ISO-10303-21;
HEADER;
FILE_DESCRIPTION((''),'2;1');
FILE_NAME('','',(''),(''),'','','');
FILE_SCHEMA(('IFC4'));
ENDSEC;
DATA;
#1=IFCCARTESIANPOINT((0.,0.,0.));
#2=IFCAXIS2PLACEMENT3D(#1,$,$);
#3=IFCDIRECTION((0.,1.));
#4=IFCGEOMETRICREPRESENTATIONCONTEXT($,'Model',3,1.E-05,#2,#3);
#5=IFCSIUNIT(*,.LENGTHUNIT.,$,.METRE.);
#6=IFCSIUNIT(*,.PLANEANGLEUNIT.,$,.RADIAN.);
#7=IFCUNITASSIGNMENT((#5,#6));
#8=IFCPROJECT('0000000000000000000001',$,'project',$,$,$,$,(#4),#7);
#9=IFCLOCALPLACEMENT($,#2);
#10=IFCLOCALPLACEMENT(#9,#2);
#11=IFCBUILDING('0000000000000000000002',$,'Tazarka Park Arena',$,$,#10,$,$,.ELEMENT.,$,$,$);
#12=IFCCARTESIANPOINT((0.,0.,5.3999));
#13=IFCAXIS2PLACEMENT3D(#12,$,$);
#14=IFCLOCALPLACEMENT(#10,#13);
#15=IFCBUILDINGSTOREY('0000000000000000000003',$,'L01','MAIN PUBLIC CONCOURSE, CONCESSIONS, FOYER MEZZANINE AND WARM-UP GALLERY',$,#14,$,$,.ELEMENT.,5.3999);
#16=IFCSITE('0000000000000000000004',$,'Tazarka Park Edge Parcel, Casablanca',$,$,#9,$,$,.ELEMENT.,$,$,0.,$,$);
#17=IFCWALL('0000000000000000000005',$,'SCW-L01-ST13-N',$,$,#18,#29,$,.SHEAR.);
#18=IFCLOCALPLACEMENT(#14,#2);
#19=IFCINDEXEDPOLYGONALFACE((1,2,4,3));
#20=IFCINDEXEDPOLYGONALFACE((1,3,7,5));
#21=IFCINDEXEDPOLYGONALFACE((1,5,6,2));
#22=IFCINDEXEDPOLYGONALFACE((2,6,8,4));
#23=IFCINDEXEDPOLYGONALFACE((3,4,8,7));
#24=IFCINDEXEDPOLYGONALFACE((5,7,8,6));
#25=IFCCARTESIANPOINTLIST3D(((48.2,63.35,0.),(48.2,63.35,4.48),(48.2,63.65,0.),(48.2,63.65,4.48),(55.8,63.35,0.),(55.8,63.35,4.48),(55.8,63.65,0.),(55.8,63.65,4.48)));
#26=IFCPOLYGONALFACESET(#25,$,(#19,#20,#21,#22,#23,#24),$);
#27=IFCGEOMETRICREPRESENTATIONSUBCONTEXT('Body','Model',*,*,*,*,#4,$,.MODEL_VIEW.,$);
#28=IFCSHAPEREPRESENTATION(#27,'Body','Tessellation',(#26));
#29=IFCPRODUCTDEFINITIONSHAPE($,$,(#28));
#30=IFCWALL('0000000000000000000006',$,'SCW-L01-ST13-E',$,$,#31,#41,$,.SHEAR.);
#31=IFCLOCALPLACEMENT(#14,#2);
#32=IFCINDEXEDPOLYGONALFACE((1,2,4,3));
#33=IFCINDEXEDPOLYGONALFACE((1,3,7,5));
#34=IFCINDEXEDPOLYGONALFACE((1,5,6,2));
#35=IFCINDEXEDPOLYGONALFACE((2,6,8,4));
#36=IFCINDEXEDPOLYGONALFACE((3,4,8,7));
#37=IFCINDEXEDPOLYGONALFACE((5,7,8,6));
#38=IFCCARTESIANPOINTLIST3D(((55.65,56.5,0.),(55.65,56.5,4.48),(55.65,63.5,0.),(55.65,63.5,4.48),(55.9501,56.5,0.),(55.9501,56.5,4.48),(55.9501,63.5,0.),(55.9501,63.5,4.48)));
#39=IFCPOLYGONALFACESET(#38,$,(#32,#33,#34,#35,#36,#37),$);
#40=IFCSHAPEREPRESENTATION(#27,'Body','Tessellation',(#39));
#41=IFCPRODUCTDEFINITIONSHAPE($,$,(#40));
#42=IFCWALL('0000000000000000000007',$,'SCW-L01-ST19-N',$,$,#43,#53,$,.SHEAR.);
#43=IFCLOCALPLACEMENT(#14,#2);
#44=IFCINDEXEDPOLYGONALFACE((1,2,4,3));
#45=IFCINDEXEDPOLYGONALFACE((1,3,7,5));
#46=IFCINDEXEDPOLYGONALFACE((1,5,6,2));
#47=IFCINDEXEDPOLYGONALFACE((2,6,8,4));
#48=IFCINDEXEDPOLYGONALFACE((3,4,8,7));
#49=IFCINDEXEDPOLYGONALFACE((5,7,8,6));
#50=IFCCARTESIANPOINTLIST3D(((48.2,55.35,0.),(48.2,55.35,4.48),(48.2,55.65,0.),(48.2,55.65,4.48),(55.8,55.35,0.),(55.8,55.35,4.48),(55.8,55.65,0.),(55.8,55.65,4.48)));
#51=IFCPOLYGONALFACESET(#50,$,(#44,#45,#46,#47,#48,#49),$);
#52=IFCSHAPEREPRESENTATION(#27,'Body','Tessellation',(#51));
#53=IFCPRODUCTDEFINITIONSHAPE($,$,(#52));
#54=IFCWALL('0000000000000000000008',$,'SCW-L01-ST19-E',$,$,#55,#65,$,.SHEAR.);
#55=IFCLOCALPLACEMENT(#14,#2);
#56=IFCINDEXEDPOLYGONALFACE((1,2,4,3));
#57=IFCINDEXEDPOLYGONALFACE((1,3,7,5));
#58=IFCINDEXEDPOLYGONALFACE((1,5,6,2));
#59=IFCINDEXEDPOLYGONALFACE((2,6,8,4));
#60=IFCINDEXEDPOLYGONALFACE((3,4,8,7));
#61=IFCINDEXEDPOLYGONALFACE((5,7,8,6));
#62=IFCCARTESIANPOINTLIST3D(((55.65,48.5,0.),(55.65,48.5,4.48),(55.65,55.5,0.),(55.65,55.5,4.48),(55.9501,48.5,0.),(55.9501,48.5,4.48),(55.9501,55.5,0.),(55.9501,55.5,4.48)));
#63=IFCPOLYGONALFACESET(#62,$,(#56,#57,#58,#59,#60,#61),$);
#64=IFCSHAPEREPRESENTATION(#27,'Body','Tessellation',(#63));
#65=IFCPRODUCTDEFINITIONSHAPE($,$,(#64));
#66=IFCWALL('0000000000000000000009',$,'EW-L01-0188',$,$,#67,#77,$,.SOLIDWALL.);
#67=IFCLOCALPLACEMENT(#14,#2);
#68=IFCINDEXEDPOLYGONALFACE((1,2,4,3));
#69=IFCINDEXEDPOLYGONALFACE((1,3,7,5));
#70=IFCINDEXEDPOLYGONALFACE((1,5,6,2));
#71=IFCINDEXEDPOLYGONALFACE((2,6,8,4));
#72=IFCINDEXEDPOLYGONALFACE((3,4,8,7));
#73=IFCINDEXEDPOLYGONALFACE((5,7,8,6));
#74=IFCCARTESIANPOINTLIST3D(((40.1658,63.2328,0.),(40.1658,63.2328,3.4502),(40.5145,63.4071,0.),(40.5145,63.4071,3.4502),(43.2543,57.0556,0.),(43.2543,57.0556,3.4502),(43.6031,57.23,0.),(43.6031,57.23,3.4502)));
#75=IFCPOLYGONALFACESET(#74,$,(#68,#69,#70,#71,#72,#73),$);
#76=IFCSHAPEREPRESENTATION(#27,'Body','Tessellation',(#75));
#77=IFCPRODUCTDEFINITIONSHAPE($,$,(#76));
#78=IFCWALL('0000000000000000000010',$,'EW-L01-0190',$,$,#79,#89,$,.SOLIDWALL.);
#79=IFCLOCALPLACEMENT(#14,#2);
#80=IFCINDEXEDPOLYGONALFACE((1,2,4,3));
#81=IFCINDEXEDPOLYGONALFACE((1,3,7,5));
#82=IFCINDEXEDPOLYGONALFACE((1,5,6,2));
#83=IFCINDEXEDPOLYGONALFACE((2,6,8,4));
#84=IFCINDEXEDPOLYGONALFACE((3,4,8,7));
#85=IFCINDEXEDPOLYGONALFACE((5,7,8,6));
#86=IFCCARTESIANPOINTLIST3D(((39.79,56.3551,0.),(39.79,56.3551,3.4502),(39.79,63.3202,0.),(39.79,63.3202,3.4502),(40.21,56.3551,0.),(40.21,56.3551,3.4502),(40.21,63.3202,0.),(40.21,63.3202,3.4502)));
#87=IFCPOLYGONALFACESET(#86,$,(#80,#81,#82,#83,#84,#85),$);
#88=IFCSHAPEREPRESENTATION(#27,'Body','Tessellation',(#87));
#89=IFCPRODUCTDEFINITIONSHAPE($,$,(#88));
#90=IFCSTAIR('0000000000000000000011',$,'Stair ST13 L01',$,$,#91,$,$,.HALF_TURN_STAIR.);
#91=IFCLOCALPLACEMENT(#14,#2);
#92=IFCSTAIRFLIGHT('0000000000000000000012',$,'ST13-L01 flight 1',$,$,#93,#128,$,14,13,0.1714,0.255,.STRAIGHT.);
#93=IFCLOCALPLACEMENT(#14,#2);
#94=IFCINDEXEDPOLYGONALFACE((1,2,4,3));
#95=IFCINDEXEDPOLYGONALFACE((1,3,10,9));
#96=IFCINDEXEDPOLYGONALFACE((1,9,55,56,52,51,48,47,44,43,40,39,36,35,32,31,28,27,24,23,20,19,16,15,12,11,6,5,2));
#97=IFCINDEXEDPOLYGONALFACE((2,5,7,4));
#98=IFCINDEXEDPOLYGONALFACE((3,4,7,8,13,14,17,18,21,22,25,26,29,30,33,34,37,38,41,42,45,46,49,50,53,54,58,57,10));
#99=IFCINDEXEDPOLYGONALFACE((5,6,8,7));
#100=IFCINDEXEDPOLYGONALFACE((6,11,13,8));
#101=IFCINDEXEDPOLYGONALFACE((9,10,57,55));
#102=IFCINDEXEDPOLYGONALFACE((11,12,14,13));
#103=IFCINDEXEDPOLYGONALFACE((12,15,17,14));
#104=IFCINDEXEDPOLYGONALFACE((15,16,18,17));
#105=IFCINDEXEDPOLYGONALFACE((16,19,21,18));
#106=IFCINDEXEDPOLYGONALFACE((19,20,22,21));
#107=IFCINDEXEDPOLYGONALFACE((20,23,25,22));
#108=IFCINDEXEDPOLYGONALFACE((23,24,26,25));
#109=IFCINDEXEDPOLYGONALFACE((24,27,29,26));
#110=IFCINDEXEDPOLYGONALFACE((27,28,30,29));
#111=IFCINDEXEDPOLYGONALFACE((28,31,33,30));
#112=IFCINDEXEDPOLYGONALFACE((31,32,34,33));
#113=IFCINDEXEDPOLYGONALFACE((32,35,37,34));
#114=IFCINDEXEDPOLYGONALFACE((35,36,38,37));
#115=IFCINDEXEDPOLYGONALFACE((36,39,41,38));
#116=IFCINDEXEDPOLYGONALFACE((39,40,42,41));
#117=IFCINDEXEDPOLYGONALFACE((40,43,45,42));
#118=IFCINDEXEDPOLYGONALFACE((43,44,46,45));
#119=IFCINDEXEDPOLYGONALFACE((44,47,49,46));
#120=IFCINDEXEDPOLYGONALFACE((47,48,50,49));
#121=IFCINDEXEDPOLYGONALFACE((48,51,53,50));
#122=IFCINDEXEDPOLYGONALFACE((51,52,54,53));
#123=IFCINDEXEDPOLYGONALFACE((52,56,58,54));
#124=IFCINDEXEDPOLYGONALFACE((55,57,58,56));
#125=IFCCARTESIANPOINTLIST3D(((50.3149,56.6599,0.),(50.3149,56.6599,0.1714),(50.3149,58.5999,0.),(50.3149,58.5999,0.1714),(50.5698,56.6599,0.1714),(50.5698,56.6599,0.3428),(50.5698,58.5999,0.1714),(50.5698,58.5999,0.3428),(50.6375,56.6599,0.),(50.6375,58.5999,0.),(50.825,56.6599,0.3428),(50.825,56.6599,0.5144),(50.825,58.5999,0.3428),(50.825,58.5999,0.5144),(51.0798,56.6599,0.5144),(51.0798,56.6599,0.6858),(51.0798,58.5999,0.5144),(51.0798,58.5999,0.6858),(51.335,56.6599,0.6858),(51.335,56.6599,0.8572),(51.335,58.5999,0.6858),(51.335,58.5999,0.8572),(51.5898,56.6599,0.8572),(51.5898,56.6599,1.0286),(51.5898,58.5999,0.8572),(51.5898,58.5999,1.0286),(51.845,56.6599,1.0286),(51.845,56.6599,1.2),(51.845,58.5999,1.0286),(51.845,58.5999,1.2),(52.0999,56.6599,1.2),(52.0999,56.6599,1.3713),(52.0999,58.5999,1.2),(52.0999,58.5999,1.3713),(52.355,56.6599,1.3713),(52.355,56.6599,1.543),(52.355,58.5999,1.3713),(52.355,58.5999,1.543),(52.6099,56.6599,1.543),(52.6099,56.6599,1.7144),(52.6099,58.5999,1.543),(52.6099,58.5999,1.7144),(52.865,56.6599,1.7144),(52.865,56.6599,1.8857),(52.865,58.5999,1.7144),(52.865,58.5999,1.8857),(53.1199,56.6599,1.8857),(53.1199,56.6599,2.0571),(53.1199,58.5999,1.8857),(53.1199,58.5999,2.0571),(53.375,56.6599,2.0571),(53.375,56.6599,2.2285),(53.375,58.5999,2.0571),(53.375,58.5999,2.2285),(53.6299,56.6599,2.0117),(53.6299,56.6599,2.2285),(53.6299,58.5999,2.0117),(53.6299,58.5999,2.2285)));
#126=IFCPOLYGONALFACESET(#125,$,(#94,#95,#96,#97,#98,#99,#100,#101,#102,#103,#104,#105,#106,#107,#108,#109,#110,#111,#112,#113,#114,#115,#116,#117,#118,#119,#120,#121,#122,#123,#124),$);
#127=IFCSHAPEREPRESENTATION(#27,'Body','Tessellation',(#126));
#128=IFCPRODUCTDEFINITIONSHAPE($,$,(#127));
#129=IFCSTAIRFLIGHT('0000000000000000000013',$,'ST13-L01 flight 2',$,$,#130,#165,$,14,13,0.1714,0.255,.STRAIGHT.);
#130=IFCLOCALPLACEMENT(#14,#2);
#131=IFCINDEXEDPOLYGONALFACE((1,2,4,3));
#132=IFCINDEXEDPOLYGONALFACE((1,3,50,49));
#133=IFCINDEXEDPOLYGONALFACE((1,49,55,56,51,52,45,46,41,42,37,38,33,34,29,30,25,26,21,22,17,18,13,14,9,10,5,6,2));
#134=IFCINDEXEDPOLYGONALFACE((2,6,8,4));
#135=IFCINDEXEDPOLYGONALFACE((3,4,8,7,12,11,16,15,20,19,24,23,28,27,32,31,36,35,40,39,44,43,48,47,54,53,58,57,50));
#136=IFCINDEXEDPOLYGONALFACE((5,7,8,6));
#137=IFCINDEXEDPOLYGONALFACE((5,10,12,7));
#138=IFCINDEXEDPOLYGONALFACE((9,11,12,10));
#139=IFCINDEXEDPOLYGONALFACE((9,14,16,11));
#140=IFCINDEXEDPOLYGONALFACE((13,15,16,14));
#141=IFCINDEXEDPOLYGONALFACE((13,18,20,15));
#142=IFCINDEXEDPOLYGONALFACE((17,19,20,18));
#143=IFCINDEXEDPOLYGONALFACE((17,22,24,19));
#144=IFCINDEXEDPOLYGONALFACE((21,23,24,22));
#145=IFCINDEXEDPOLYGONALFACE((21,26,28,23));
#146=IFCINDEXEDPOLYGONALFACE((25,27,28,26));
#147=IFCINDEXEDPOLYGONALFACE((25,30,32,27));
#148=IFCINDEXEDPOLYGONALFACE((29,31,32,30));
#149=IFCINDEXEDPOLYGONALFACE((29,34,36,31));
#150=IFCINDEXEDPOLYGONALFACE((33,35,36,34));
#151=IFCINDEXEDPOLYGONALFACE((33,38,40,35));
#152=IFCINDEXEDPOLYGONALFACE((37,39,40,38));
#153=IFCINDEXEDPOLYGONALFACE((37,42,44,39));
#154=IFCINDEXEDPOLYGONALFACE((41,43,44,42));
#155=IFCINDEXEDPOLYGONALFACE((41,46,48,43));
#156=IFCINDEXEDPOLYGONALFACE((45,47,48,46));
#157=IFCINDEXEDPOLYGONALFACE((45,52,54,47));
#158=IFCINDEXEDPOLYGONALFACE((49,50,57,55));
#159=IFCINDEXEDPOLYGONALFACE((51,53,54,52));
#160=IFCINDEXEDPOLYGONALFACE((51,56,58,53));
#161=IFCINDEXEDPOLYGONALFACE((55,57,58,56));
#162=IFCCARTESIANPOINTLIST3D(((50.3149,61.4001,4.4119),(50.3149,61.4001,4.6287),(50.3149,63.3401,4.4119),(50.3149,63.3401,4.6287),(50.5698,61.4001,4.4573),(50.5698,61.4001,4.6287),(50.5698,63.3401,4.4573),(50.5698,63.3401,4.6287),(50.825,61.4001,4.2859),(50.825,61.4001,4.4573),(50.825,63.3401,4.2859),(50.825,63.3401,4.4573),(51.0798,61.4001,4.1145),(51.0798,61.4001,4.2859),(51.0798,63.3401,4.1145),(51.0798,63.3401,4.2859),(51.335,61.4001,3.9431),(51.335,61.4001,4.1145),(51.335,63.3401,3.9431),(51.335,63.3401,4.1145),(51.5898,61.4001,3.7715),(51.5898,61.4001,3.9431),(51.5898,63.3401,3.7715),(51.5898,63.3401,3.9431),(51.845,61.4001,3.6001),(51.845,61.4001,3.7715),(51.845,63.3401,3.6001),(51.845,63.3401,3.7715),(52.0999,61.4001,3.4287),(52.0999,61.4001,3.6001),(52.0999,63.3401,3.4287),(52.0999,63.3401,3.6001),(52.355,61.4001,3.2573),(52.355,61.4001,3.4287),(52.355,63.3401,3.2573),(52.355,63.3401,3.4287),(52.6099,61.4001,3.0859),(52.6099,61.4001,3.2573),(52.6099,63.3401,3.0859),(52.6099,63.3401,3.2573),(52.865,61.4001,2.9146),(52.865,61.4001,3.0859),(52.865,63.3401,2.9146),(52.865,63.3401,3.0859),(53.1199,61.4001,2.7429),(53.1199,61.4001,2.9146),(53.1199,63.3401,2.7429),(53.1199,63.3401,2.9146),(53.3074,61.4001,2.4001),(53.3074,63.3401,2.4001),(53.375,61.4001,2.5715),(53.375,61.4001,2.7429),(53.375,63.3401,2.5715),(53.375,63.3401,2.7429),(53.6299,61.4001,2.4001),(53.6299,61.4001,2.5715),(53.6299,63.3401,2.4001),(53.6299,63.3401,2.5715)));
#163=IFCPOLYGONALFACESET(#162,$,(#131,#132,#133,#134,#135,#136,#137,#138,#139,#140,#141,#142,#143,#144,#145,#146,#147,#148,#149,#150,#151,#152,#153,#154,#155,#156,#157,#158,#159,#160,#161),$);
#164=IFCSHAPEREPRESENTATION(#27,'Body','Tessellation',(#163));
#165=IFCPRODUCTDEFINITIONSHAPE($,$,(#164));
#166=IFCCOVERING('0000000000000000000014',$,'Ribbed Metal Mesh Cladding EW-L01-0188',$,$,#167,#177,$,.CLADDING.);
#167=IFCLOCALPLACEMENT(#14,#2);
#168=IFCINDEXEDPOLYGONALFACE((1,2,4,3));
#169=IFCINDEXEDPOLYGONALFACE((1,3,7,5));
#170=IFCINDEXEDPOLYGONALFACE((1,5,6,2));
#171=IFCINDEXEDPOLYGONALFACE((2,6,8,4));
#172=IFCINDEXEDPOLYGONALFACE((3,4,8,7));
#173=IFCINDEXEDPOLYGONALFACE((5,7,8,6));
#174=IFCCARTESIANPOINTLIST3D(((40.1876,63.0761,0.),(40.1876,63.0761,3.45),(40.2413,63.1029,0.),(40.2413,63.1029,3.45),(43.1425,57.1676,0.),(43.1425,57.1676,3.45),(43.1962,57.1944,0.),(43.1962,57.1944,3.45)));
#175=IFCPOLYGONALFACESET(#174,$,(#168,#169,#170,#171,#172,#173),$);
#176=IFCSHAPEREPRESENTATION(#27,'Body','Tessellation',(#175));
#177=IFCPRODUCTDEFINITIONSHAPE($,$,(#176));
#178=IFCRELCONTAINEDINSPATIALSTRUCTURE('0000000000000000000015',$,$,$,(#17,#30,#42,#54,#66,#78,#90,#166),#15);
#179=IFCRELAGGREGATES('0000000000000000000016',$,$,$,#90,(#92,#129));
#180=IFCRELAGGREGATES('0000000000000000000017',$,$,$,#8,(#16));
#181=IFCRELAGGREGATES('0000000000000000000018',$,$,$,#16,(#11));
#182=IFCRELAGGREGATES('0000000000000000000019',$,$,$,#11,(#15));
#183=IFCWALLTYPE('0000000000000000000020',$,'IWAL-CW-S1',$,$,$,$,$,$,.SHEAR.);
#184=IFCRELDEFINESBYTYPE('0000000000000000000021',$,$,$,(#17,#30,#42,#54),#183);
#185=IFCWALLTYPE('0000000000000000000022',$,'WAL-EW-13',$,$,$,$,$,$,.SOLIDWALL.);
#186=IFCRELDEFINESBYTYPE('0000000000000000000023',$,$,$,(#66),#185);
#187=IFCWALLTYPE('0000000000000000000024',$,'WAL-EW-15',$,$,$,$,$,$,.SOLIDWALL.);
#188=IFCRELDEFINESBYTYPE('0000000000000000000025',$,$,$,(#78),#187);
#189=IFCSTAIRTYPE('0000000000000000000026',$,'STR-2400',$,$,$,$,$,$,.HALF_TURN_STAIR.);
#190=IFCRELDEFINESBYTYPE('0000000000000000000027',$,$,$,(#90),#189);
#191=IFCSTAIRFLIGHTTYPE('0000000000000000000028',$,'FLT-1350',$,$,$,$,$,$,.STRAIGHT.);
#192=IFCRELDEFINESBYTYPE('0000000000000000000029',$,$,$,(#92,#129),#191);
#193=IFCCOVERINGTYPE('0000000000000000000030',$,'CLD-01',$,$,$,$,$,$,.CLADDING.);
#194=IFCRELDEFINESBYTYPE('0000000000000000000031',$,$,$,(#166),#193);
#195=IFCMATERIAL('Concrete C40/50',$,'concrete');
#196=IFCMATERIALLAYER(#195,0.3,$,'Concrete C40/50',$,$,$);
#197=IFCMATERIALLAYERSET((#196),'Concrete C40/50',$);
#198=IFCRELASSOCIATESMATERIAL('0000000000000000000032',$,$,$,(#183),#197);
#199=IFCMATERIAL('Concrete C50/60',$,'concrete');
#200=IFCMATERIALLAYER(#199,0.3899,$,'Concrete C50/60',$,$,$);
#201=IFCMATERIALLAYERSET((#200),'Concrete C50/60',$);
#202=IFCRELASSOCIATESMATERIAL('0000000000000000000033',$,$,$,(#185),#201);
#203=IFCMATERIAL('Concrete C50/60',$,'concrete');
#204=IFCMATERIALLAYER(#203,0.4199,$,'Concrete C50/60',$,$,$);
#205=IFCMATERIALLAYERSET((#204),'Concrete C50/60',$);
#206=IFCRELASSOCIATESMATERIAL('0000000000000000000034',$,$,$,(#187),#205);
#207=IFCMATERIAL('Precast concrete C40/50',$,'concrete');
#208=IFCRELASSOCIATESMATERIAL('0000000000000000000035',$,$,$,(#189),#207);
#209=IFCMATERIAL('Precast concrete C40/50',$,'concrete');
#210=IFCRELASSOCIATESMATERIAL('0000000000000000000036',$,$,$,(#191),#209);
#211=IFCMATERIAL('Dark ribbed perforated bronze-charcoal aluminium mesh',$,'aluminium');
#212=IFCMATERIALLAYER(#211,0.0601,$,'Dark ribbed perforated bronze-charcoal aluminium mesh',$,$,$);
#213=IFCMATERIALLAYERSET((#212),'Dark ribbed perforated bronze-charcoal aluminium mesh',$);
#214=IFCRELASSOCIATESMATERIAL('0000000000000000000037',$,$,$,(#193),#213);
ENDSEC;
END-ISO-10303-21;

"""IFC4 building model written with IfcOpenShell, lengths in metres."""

from ifc_helpers import new_model, si_unit, direction, frame, frame_2d, origin, origin_2d, place, context, subcontext, project, spatial, polyline, rectangle, outline, extrude, material, layer, layer_set, type_object, element, aggregate, save


model = new_model("IFC4")

# Units and contexts
model_context = context("Model", 3, precision=1e-05, world=origin(), true_north=direction((0.0, 1.0)))
body_context = subcontext(model_context, "Body", "Model", "MODEL_VIEW")
ifc_project = project(units=[si_unit("LENGTHUNIT", "METRE"), si_unit("PLANEANGLEUNIT", "RADIAN")], contexts=[model_context])

# Site, building, storey
site_placement = place(None, origin())
site = spatial("IfcSite", under=ifc_project, at=site_placement, Name="Tazarka Park Edge Parcel, Casablanca", CompositionType="ELEMENT", RefElevation=0.0)
building_placement = place(site_placement, origin())
building = spatial("IfcBuilding", under=site, at=building_placement, Name="Tazarka Park Arena", CompositionType="ELEMENT")
storey_placement = place(building_placement, frame((0.0, 0.0, 5.3999)))
storey = spatial("IfcBuildingStorey", under=building, at=storey_placement, Name="L01", Description="MAIN PUBLIC CONCOURSE, CONCESSIONS, FOYER MEZZANINE AND WARM-UP GALLERY", CompositionType="ELEMENT", Elevation=5.3999)

# Shared definitions
ifc_material_1 = material(Name="Concrete C40/50", Category="concrete")
ifc_layer_1 = layer(ifc_material_1, 0.3, Name="Concrete C40/50")
ifc_layer_set_1 = layer_set([ifc_layer_1], Name="Concrete C40/50")
wall_type_1 = type_object("IfcWallType", Name="IWAL-CW-S1", PredefinedType="SHEAR", material=ifc_layer_set_1)

# Walls
wall_1_placement = place(storey_placement, frame((48.2, 63.5, 0.0), z_axis=(0.0, 0.0, 1.0), x_axis=(1.0, 0.0, 0.0)))
element("IfcWall", 1, at=wall_1_placement, inside=storey, type_object=wall_type_1, Name="SCW-L01-ST13-N", PredefinedType="SHEAR", context=body_context, shape_type="SweptSolid", body=[
    extrude(rectangle(XDim=7.6001, YDim=0.3, at=frame_2d((3.8, 0.0))), origin(), (0.0, 0.0, 1.0), 4.48),
])
wall_2_placement = place(storey_placement, frame((55.8, 63.5, 0.0), z_axis=(0.0, 0.0, 1.0), x_axis=(0.0, -1.0, 0.0)))
element("IfcWall", 2, at=wall_2_placement, inside=storey, type_object=wall_type_1, Name="SCW-L01-ST13-E", PredefinedType="SHEAR", context=body_context, shape_type="SweptSolid", body=[
    extrude(rectangle(XDim=7.0, YDim=0.3, at=frame_2d((3.5, 0.0))), origin(), (0.0, 0.0, 1.0), 4.48),
])
wall_3_placement = place(storey_placement, frame((48.2, 55.5, 0.0), z_axis=(0.0, 0.0, 1.0), x_axis=(1.0, 0.0, 0.0)))
element("IfcWall", 3, at=wall_3_placement, inside=storey, type_object=wall_type_1, Name="SCW-L01-ST19-N", PredefinedType="SHEAR", context=body_context, shape_type="SweptSolid", body=[
    extrude(rectangle(XDim=7.6001, YDim=0.3, at=frame_2d((3.8, 0.0))), origin(), (0.0, 0.0, 1.0), 4.48),
])
wall_4_placement = place(storey_placement, frame((55.8, 55.5, 0.0), z_axis=(0.0, 0.0, 1.0), x_axis=(0.0, -1.0, 0.0)))
element("IfcWall", 4, at=wall_4_placement, inside=storey, type_object=wall_type_1, Name="SCW-L01-ST19-E", PredefinedType="SHEAR", context=body_context, shape_type="SweptSolid", body=[
    extrude(rectangle(XDim=7.0, YDim=0.3, at=frame_2d((3.5, 0.0))), origin(), (0.0, 0.0, 1.0), 4.48),
])
ifc_material_2 = material(Name="Concrete C50/60", Category="concrete")
ifc_layer_2 = layer(ifc_material_2, 0.3899, Name="Concrete C50/60")
ifc_layer_set_2 = layer_set([ifc_layer_2], Name="Concrete C50/60")
wall_type_2 = type_object("IfcWallType", Name="WAL-EW-13", PredefinedType="SOLIDWALL", material=ifc_layer_set_2)
wall_5_placement = place(storey_placement, frame((43.4287, 57.1428, 0.0), z_axis=(0.0, 0.0, 1.0), x_axis=(-0.447214, 0.894427, 0.0)))
element("IfcWall", 5, at=wall_5_placement, inside=storey, type_object=wall_type_2, Name="EW-L01-0188", PredefinedType="SOLIDWALL", context=body_context, shape_type="SweptSolid", body=[
    extrude(rectangle(XDim=6.9062, YDim=0.3899, at=frame_2d((3.4531, 0.0))), origin(), (0.0, 0.0, 1.0), 3.4502),
])
ifc_material_3 = material(Name="Concrete C50/60", Category="concrete")
ifc_layer_3 = layer(ifc_material_3, 0.4199, Name="Concrete C50/60")
ifc_layer_set_3 = layer_set([ifc_layer_3], Name="Concrete C50/60")
wall_type_3 = type_object("IfcWallType", Name="WAL-EW-15", PredefinedType="SOLIDWALL", material=ifc_layer_set_3)
wall_6_placement = place(storey_placement, frame((40.0, 63.3201, 0.0), z_axis=(0.0, 0.0, 1.0), x_axis=(0.0, -1.0, 0.0)))
element("IfcWall", 6, at=wall_6_placement, inside=storey, type_object=wall_type_3, Name="EW-L01-0190", PredefinedType="SOLIDWALL", context=body_context, shape_type="SweptSolid", body=[
    extrude(rectangle(XDim=6.9651, YDim=0.4199, at=frame_2d((3.4824, 0.0))), origin(), (0.0, 0.0, 1.0), 3.4502),
])

# Stair, stair flights
ifc_material_4 = material(Name="Precast concrete C40/50", Category="concrete")
stair_type = type_object("IfcStairType", Name="STR-2400", PredefinedType="HALF_TURN_STAIR", material=ifc_material_4)
stair_placement = place(storey_placement, origin())
stair = element("IfcStair", 7, at=stair_placement, inside=storey, type_object=stair_type, Name="Stair ST13 L01", PredefinedType="HALF_TURN_STAIR")
ifc_material_5 = material(Name="Precast concrete C40/50", Category="concrete")
stair_flight_type = type_object("IfcStairFlightType", Name="FLT-1350", PredefinedType="STRAIGHT", material=ifc_material_5)
stair_flight_1_placement = place(storey_placement, frame((50.3149, 57.6299, 0.0), z_axis=(0.0, 0.0, 1.0), x_axis=(1.0, 0.0, 0.0)))
stair_flight_1 = element("IfcStairFlight", 8, at=stair_flight_1_placement, type_object=stair_flight_type, Name="ST13-L01 flight 1", NumberOfRisers=14, NumberOfTreads=13, PredefinedType="STRAIGHT", RiserHeight=0.1714, TreadLength=0.255, context=body_context, shape_type="SweptSolid", body=[
    extrude(outline(polyline([(0.0, 0.0), (0.0, 0.1714), (0.2549, 0.1714), (0.2549, 0.3428), (0.51, 0.3428), (0.51, 0.5144), (0.7649, 0.5144), (0.7649, 0.6858), (1.02, 0.6858), (1.02, 0.8572), (1.2749, 0.8572), (1.2749, 1.0286), (1.53, 1.0286), (1.53, 1.2), (1.7849, 1.2), (1.7849, 1.3713), (2.04, 1.3713), (2.04, 1.543), (2.2949, 1.543), (2.2949, 1.7144), (2.55, 1.7144), (2.55, 1.8857), (2.8049, 1.8857), (2.8049, 2.0571), (3.0601, 2.0571), (3.0601, 2.2285), (3.3149, 2.2285), (3.3149, 2.3999), (3.3149, 2.0117), (0.3225, 0.0), (0.0, 0.0)])), frame((0.0, 0.97, 0.0), z_axis=(0.0, -1.0, 0.0), x_axis=(1.0, 0.0, 0.0)), (0.0, 0.0, 1.0), 1.9399),
])
stair_flight_2_placement = place(storey_placement, frame((53.6299, 62.3701, 2.4001), z_axis=(0.0, 0.0, 1.0), x_axis=(-1.0, 0.0, 0.0)))
stair_flight_2 = element("IfcStairFlight", 9, at=stair_flight_2_placement, type_object=stair_flight_type, Name="ST13-L01 flight 2", NumberOfRisers=14, NumberOfTreads=13, PredefinedType="STRAIGHT", RiserHeight=0.1714, TreadLength=0.255, context=body_context, shape_type="SweptSolid", body=[
    extrude(outline(polyline([(0.0, 0.0), (0.0, 0.1714), (0.2549, 0.1714), (0.2549, 0.3428), (0.51, 0.3428), (0.51, 0.5144), (0.7649, 0.5144), (0.7649, 0.6858), (1.02, 0.6858), (1.02, 0.8572), (1.2749, 0.8572), (1.2749, 1.0286), (1.53, 1.0286), (1.53, 1.2), (1.7849, 1.2), (1.7849, 1.3713), (2.04, 1.3713), (2.04, 1.543), (2.2949, 1.543), (2.2949, 1.7144), (2.55, 1.7144), (2.55, 1.8857), (2.8049, 1.8857), (2.8049, 2.0571), (3.0601, 2.0571), (3.0601, 2.2285), (3.3149, 2.2285), (3.3149, 2.3999), (3.3149, 2.0117), (0.3225, 0.0), (0.0, 0.0)])), frame((0.0, 0.97, 0.0), z_axis=(0.0, -1.0, 0.0), x_axis=(1.0, 0.0, 0.0)), (0.0, 0.0, 1.0), 1.9399),
])
aggregate(stair, [stair_flight_1, stair_flight_2])

# Covering
ifc_material_6 = material(Name="Dark ribbed perforated bronze-charcoal aluminium mesh", Category="aluminium")
ifc_layer_4 = layer(ifc_material_6, 0.0601, Name="Dark ribbed perforated bronze-charcoal aluminium mesh")
ifc_layer_set_4 = layer_set([ifc_layer_4], Name="Dark ribbed perforated bronze-charcoal aluminium mesh")
covering_type = type_object("IfcCoveringType", Name="CLD-01", PredefinedType="CLADDING", material=ifc_layer_set_4)
covering_placement = place(storey_placement, frame((41.6919, 60.1353, 0.0), z_axis=(0.0, 0.0, 1.0), x_axis=(-0.447291, 0.894389, 0.0)))
element("IfcCovering", 10, at=covering_placement, inside=storey, type_object=covering_type, Name="Ribbed Metal Mesh Cladding EW-L01-0188", PredefinedType="CLADDING", context=body_context, shape_type="SweptSolid", body=[
    extrude(rectangle(XDim=6.6062, YDim=0.0601, at=origin_2d()), origin(), (0.0, 0.0, 1.0), 3.45),
])

save(model, "model.ifc")
